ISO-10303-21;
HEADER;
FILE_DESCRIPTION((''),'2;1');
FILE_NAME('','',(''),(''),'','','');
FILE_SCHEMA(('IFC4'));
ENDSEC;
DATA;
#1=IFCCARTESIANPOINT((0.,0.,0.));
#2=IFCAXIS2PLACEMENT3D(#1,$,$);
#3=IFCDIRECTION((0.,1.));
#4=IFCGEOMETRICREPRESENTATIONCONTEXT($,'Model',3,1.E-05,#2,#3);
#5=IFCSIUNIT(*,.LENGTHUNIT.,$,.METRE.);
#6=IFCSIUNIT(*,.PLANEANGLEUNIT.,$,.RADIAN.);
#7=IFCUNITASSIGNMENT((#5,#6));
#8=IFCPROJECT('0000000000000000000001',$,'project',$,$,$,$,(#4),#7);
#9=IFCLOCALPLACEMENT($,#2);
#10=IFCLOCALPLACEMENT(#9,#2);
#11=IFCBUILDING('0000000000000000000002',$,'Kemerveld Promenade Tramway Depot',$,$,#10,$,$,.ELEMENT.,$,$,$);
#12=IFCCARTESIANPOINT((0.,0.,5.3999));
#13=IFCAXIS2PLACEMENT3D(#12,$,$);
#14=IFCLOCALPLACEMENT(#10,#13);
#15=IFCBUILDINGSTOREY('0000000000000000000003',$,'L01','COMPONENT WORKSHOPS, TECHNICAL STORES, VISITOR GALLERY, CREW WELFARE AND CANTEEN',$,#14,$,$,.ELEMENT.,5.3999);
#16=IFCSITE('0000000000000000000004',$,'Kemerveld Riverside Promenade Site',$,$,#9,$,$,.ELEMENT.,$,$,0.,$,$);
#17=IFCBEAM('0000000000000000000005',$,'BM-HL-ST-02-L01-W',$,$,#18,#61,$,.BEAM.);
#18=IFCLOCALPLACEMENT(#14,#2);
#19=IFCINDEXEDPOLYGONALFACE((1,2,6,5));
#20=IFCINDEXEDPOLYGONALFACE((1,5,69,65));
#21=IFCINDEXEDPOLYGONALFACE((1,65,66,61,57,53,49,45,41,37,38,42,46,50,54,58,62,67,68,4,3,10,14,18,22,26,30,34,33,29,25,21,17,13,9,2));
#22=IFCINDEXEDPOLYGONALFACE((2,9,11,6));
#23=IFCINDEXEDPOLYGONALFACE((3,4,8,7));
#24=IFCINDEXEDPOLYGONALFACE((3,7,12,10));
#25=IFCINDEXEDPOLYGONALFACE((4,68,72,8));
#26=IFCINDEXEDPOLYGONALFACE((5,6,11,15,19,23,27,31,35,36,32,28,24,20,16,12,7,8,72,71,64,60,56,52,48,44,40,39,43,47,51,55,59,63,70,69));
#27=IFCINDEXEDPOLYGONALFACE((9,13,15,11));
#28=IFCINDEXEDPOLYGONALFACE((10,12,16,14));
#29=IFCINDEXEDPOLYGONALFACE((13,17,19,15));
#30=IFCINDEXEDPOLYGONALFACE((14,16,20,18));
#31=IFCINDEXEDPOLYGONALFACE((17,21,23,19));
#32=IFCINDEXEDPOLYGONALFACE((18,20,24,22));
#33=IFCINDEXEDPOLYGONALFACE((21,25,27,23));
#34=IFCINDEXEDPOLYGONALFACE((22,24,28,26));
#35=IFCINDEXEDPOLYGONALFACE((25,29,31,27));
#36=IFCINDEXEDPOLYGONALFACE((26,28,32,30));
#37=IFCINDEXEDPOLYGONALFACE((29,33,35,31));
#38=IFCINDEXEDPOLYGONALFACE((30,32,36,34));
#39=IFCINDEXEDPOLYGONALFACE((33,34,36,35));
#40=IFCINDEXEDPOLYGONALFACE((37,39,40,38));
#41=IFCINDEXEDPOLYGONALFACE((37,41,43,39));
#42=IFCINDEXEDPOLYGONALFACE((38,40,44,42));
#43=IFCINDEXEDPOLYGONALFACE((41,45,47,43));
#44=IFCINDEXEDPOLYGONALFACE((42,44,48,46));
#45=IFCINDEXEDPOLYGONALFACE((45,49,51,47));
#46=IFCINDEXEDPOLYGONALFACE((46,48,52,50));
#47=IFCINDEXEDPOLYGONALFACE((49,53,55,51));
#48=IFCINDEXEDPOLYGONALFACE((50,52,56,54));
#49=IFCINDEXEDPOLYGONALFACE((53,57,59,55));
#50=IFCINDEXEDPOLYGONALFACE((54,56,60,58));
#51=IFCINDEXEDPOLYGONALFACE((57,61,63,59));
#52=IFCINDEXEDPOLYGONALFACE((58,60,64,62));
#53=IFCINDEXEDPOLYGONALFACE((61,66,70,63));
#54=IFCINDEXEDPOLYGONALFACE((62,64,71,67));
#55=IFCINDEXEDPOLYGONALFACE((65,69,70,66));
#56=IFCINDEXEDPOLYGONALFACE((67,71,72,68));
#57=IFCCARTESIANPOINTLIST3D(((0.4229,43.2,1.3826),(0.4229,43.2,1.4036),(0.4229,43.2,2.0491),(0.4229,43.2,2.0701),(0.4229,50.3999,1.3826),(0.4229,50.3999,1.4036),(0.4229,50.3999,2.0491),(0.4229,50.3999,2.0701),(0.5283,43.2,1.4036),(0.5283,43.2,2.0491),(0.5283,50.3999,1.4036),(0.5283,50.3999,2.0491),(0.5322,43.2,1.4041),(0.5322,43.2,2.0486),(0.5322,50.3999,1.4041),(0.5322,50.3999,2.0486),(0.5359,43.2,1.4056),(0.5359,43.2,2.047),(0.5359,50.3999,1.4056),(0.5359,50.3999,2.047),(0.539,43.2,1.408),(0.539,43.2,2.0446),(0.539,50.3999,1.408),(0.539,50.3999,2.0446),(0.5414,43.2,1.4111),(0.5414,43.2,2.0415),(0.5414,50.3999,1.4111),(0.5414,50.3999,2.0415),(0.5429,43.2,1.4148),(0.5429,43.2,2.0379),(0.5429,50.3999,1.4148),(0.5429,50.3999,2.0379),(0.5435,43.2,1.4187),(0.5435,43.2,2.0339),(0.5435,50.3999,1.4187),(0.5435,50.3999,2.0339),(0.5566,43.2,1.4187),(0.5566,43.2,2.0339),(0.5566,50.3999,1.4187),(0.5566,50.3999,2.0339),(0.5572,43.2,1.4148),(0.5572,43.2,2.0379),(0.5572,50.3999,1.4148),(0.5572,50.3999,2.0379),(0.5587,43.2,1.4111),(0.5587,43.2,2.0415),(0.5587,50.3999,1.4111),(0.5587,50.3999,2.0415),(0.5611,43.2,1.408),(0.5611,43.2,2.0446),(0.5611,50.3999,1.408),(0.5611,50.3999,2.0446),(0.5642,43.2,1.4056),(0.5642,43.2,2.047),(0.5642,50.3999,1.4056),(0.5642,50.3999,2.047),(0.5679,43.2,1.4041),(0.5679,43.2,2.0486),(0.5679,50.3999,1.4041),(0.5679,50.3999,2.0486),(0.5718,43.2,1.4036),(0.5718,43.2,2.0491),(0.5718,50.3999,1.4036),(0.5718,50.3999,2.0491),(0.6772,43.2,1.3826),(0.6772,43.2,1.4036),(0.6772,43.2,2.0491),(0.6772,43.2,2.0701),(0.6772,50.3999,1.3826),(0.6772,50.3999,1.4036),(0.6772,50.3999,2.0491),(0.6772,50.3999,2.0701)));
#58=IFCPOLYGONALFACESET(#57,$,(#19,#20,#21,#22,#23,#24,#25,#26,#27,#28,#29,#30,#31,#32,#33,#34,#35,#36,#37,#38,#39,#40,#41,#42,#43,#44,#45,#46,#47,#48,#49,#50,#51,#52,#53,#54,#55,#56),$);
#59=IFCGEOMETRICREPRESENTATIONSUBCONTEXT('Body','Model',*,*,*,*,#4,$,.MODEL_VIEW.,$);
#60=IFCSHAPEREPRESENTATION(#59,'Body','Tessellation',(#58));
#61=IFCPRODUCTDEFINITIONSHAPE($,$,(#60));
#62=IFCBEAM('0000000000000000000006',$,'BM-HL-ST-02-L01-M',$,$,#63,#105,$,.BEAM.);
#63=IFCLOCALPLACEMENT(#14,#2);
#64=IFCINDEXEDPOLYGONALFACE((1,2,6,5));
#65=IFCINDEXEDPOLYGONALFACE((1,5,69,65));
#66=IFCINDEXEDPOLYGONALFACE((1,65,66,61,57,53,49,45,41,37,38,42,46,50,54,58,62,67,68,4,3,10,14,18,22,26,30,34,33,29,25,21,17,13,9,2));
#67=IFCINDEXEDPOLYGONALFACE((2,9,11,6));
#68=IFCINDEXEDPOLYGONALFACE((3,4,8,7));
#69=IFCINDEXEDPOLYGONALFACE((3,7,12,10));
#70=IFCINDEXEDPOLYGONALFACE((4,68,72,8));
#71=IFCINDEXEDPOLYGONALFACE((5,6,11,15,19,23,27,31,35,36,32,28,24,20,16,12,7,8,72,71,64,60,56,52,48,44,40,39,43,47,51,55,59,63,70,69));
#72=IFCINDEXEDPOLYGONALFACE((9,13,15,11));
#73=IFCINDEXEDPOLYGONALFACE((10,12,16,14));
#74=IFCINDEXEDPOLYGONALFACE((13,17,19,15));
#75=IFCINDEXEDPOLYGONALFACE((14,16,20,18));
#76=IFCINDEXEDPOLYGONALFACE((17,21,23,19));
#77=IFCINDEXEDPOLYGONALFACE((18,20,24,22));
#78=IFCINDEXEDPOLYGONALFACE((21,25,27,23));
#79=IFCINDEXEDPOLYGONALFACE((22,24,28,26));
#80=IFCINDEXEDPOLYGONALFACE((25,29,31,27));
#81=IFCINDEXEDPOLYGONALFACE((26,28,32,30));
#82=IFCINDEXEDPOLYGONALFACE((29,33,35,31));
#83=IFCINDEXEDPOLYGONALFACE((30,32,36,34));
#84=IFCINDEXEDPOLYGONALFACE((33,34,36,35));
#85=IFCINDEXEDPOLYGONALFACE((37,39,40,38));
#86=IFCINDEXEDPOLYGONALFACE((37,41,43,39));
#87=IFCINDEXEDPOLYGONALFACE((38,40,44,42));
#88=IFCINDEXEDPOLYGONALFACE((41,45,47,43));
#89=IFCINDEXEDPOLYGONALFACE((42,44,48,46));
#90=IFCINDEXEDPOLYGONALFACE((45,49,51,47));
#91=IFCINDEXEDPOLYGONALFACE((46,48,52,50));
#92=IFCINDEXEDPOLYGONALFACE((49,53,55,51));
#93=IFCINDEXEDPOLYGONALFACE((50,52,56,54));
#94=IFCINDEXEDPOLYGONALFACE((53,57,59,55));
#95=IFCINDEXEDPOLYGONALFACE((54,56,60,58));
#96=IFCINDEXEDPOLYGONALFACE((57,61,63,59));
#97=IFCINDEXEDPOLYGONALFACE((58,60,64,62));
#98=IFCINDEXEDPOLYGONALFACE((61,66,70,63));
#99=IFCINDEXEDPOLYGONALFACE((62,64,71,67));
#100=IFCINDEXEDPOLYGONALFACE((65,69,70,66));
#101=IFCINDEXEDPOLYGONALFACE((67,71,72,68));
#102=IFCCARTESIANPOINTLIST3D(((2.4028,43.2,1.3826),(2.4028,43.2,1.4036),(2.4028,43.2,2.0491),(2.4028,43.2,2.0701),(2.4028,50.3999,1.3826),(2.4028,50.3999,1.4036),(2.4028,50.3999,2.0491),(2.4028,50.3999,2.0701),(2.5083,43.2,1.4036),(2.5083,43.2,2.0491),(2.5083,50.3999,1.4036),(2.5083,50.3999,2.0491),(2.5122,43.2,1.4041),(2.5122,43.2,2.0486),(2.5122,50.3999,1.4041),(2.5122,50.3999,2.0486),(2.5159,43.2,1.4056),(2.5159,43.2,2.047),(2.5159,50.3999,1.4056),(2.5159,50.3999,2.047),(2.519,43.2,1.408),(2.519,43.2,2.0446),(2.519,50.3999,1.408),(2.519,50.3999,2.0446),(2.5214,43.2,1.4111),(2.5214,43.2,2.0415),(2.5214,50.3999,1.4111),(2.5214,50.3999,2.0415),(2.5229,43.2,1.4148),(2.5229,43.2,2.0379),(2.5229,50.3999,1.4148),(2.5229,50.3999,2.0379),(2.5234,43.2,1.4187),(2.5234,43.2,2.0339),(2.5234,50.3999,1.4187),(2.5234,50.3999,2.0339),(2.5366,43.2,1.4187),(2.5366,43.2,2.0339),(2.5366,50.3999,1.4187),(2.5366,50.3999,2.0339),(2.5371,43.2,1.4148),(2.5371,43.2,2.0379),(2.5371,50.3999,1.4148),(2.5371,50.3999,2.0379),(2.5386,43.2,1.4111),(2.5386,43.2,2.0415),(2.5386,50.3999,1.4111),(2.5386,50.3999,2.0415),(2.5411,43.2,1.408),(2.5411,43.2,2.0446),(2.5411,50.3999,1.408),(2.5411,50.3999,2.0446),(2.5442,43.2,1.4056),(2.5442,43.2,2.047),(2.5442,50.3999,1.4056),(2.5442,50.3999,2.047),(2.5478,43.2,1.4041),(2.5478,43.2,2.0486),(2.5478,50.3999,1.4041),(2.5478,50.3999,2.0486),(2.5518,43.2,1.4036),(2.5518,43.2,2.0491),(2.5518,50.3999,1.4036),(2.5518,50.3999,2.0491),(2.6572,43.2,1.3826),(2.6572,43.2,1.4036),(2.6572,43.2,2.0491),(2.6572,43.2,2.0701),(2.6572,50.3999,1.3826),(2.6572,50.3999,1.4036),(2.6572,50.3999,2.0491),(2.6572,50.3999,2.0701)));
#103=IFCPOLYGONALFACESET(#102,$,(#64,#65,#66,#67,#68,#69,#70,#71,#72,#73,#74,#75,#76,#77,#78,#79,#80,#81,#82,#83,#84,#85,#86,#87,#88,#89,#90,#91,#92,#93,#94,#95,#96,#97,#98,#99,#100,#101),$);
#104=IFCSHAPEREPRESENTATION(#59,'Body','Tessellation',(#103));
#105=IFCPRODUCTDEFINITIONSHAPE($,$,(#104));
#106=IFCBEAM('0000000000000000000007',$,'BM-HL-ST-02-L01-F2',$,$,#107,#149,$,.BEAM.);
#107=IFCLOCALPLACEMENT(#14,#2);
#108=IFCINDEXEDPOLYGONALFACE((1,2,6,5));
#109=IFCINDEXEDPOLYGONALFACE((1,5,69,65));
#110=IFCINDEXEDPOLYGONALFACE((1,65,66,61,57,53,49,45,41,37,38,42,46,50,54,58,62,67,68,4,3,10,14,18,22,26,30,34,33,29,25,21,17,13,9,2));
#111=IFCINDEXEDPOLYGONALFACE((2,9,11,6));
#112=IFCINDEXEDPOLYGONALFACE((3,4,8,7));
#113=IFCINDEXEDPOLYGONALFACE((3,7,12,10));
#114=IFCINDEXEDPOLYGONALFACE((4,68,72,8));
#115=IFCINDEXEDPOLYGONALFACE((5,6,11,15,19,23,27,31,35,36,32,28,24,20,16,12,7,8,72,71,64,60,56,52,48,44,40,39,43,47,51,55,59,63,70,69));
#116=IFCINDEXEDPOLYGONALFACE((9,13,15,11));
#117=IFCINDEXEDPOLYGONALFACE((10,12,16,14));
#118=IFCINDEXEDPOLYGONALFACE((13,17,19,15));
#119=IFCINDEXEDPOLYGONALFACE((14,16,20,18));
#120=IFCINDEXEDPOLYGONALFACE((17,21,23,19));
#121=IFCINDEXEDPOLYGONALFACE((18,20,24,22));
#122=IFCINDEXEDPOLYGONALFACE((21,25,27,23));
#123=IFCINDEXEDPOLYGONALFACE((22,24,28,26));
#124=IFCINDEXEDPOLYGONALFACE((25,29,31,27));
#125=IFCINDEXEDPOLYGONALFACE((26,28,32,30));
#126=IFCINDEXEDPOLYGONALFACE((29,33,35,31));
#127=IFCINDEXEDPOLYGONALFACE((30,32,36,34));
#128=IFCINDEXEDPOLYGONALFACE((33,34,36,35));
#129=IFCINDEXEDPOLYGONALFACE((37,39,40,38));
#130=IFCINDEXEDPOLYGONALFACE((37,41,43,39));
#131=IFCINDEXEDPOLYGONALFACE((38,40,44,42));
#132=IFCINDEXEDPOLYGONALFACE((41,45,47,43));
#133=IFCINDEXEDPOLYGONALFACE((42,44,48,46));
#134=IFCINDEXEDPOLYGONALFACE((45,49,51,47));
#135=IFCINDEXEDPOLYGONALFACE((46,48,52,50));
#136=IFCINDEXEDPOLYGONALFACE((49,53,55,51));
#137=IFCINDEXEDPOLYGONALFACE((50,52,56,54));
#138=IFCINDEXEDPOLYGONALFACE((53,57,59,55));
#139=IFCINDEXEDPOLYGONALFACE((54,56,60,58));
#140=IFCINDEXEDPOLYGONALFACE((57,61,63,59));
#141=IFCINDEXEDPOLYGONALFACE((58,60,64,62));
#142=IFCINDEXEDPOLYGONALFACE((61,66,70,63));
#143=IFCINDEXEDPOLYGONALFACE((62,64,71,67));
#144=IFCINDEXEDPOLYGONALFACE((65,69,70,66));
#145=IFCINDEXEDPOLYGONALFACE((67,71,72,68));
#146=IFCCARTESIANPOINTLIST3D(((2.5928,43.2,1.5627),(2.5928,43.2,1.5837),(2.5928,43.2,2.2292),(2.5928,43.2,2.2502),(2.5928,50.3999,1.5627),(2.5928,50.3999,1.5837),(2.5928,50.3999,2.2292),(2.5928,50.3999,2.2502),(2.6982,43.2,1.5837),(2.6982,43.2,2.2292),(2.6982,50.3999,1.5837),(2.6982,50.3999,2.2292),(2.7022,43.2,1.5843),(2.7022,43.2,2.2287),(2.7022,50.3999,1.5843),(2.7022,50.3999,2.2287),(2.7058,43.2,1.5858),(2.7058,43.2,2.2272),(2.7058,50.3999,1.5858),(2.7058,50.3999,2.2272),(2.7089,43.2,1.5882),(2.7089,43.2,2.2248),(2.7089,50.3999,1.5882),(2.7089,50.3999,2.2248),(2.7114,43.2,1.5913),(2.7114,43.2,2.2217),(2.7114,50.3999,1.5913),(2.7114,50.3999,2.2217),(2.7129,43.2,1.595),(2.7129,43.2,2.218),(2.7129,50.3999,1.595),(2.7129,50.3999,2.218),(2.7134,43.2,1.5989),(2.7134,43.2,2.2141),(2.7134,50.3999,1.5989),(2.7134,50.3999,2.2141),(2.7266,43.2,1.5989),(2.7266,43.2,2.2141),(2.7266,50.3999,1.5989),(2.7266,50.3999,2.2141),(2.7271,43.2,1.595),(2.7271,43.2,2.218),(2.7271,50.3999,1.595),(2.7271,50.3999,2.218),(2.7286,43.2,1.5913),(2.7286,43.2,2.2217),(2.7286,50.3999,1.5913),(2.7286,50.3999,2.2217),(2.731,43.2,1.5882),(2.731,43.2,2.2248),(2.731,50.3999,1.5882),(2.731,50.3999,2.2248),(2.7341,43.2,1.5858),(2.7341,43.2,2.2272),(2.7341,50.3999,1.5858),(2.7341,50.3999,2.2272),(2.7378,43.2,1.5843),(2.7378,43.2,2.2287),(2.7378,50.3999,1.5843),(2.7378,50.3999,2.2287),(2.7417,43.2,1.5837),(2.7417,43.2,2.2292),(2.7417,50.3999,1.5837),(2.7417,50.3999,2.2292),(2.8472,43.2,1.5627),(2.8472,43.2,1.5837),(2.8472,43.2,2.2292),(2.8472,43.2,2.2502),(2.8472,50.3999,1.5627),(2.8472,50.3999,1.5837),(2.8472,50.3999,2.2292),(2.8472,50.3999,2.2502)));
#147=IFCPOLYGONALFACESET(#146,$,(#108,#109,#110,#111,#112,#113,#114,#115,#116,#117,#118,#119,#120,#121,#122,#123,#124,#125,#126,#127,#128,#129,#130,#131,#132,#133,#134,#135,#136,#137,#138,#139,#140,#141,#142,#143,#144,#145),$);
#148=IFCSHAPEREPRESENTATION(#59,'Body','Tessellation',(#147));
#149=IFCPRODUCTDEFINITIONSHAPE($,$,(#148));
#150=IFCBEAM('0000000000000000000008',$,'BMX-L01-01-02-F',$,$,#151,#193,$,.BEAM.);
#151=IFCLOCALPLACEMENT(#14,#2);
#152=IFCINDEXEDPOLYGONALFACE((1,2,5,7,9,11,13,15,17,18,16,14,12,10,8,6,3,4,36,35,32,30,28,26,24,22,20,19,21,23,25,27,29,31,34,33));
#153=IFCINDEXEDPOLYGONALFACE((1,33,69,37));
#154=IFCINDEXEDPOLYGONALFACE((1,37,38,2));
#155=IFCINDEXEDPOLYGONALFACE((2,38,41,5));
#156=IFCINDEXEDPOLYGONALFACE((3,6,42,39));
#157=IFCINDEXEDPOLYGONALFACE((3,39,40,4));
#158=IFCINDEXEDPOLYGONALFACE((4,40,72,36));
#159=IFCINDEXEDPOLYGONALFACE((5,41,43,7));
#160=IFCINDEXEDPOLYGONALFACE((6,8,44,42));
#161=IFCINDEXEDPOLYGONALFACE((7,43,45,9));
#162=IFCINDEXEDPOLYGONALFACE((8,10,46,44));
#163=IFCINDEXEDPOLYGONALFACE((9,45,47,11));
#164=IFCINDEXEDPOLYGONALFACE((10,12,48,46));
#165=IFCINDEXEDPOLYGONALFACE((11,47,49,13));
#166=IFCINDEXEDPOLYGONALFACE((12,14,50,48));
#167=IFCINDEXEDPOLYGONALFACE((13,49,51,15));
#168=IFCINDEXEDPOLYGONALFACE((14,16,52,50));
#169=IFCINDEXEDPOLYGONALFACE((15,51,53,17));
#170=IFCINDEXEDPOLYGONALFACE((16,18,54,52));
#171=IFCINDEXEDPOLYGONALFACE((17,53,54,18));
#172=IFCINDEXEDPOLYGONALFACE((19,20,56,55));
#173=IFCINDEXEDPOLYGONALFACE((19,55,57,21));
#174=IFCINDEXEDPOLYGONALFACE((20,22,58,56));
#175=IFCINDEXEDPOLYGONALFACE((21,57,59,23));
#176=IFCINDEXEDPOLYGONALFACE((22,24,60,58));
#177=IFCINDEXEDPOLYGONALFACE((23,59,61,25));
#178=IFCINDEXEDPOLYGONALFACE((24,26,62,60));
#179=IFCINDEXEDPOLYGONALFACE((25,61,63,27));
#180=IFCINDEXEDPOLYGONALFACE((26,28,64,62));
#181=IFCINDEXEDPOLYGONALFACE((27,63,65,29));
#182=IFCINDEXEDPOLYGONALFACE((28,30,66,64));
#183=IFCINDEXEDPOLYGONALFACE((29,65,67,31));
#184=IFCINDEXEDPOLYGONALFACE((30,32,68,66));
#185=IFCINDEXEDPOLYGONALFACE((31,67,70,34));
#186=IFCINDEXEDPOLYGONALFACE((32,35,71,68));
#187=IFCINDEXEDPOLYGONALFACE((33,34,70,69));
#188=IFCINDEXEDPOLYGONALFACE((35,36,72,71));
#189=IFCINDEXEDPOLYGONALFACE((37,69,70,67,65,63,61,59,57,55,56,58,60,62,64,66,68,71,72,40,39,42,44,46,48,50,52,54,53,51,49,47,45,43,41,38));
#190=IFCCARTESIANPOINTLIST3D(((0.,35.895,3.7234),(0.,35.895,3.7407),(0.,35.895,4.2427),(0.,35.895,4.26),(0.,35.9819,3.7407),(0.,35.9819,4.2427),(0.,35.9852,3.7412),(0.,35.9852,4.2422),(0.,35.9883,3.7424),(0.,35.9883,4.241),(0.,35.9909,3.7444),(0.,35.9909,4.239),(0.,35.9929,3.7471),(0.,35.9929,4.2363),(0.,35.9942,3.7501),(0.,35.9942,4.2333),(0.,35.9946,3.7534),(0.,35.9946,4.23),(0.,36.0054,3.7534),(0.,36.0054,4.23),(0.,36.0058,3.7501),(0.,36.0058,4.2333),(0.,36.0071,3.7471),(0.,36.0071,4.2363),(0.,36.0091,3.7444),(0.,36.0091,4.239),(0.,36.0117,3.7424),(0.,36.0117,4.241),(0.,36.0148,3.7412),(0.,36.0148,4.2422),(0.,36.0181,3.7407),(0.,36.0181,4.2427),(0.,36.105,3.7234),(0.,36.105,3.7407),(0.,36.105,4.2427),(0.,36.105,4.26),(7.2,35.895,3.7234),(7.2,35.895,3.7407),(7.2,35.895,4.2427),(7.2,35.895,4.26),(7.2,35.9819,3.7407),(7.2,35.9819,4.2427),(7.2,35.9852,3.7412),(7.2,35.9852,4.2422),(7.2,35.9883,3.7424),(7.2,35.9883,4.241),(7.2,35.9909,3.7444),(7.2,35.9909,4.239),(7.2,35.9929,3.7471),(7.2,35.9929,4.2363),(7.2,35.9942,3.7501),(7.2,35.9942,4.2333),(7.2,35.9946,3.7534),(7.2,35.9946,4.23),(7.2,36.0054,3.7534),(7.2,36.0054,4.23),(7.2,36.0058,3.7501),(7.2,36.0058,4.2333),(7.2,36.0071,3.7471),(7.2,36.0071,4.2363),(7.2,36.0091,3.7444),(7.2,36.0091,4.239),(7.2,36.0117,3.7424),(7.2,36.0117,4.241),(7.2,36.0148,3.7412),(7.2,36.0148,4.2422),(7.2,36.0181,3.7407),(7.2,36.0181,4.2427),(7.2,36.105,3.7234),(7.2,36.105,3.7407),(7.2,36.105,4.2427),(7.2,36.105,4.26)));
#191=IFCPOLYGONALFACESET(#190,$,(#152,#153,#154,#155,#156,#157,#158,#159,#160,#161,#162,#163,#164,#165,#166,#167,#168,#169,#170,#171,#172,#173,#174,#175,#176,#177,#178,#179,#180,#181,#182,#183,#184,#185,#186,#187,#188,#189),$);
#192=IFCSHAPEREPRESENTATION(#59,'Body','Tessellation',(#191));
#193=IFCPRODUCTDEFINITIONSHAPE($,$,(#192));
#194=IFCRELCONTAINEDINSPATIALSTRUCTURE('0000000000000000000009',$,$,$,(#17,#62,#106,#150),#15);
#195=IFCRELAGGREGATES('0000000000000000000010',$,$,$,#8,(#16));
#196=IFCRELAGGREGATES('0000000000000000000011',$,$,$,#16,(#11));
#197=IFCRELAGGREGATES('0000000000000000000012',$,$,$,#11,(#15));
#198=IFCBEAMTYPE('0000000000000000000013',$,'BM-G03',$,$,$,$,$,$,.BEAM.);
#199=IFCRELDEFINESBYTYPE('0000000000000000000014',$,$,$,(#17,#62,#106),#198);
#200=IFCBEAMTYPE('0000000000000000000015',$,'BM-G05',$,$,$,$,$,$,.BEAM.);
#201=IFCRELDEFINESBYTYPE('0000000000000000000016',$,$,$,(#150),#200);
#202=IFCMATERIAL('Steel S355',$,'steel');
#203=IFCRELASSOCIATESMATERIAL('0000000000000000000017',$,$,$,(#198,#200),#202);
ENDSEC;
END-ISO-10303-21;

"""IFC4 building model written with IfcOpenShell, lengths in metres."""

from ifc_helpers import new_model, si_unit, direction, frame, origin, origin_2d, place, context, subcontext, project, spatial, i_section, extrude, material, material_profile, profile_set, type_object, element, save


model = new_model("IFC4")

# Units and contexts
model_context = context("Model", 3, precision=1e-05, world=origin(), true_north=direction((0.0, 1.0)))
body_context = subcontext(model_context, "Body", "Model", "MODEL_VIEW")
ifc_project = project(units=[si_unit("LENGTHUNIT", "METRE"), si_unit("PLANEANGLEUNIT", "RADIAN")], contexts=[model_context])

# Site, building, storey
site_placement = place(None, origin())
site = spatial("IfcSite", under=ifc_project, at=site_placement, Name="Kemerveld Riverside Promenade Site", CompositionType="ELEMENT", RefElevation=0.0)
building_placement = place(site_placement, origin())
building = spatial("IfcBuilding", under=site, at=building_placement, Name="Kemerveld Promenade Tramway Depot", CompositionType="ELEMENT")
storey_placement = place(building_placement, frame((0.0, 0.0, 5.3999)))
storey = spatial("IfcBuildingStorey", under=building, at=storey_placement, Name="L01", Description="COMPONENT WORKSHOPS, TECHNICAL STORES, VISITOR GALLERY, CREW WELFARE AND CANTEEN", CompositionType="ELEMENT", Elevation=5.3999)

# Shared definitions
ifc_material_1 = material(Name="Steel S355", Category="steel")

# Beams
ifc_material_profile_1 = material_profile(ifc_material_1, i_section(OverallWidth=0.2544, OverallDepth=0.6875, WebThickness=0.0132, FlangeThickness=0.021, FilletRadius=0.0151, at=origin_2d()), Name="686x254x152 UB")
ifc_profile_set_1 = profile_set([ifc_material_profile_1], Name="Steel S355")
beam_type_1 = type_object("IfcBeamType", Name="BM-G03", PredefinedType="BEAM", material=ifc_profile_set_1)
for number, where, z_axis, x_axis, name in (
    (1, (0.55, 43.2, 1.7263), (0.0, 1.0, 0.0), (-1.0, 0.0, 0.0), "BM-HL-ST-02-L01-W"),
    (2, (2.53, 43.2, 1.7263), (0.0, 1.0, 0.0), (-1.0, 0.0, 0.0), "BM-HL-ST-02-L01-M"),
    (3, (2.72, 43.2, 1.9065), (0.0, 1.0, 0.0), (-1.0, 0.0, 0.0), "BM-HL-ST-02-L01-F2"),
):
    element("IfcBeam", number, at=place(storey_placement, frame(where, z_axis=z_axis, x_axis=x_axis)), inside=storey, type_object=beam_type_1, Name=name, PredefinedType="BEAM", context=body_context, shape_type="SweptSolid", body=[
        extrude(i_section(OverallWidth=0.2544, OverallDepth=0.6875, WebThickness=0.0132, FlangeThickness=0.021, FilletRadius=0.0151, at=origin_2d()), origin(), (0.0, 0.0, 1.0), 7.2),
    ])
ifc_material_profile_2 = material_profile(ifc_material_1, i_section(OverallWidth=0.21, OverallDepth=0.5366, WebThickness=0.0107, FlangeThickness=0.0173, FilletRadius=0.0127, at=origin_2d()), Name="533x210x101 UB")
ifc_profile_set_2 = profile_set([ifc_material_profile_2], Name="Steel S355")
beam_type_2 = type_object("IfcBeamType", Name="BM-G05", PredefinedType="BEAM", material=ifc_profile_set_2)
for number, where, z_axis, x_axis, name in (
    (4, (0.0, 36.0, 3.9917), (1.0, 0.0, 0.0), (0.0, 1.0, 0.0), "BMX-L01-01-02-F"),
):
    element("IfcBeam", number, at=place(storey_placement, frame(where, z_axis=z_axis, x_axis=x_axis)), inside=storey, type_object=beam_type_2, Name=name, PredefinedType="BEAM", context=body_context, shape_type="SweptSolid", body=[
        extrude(i_section(OverallWidth=0.21, OverallDepth=0.5366, WebThickness=0.0107, FlangeThickness=0.0173, FilletRadius=0.0127, at=origin_2d()), origin(), (0.0, 0.0, 1.0), 7.2),
    ])

save(model, "model.ifc")
